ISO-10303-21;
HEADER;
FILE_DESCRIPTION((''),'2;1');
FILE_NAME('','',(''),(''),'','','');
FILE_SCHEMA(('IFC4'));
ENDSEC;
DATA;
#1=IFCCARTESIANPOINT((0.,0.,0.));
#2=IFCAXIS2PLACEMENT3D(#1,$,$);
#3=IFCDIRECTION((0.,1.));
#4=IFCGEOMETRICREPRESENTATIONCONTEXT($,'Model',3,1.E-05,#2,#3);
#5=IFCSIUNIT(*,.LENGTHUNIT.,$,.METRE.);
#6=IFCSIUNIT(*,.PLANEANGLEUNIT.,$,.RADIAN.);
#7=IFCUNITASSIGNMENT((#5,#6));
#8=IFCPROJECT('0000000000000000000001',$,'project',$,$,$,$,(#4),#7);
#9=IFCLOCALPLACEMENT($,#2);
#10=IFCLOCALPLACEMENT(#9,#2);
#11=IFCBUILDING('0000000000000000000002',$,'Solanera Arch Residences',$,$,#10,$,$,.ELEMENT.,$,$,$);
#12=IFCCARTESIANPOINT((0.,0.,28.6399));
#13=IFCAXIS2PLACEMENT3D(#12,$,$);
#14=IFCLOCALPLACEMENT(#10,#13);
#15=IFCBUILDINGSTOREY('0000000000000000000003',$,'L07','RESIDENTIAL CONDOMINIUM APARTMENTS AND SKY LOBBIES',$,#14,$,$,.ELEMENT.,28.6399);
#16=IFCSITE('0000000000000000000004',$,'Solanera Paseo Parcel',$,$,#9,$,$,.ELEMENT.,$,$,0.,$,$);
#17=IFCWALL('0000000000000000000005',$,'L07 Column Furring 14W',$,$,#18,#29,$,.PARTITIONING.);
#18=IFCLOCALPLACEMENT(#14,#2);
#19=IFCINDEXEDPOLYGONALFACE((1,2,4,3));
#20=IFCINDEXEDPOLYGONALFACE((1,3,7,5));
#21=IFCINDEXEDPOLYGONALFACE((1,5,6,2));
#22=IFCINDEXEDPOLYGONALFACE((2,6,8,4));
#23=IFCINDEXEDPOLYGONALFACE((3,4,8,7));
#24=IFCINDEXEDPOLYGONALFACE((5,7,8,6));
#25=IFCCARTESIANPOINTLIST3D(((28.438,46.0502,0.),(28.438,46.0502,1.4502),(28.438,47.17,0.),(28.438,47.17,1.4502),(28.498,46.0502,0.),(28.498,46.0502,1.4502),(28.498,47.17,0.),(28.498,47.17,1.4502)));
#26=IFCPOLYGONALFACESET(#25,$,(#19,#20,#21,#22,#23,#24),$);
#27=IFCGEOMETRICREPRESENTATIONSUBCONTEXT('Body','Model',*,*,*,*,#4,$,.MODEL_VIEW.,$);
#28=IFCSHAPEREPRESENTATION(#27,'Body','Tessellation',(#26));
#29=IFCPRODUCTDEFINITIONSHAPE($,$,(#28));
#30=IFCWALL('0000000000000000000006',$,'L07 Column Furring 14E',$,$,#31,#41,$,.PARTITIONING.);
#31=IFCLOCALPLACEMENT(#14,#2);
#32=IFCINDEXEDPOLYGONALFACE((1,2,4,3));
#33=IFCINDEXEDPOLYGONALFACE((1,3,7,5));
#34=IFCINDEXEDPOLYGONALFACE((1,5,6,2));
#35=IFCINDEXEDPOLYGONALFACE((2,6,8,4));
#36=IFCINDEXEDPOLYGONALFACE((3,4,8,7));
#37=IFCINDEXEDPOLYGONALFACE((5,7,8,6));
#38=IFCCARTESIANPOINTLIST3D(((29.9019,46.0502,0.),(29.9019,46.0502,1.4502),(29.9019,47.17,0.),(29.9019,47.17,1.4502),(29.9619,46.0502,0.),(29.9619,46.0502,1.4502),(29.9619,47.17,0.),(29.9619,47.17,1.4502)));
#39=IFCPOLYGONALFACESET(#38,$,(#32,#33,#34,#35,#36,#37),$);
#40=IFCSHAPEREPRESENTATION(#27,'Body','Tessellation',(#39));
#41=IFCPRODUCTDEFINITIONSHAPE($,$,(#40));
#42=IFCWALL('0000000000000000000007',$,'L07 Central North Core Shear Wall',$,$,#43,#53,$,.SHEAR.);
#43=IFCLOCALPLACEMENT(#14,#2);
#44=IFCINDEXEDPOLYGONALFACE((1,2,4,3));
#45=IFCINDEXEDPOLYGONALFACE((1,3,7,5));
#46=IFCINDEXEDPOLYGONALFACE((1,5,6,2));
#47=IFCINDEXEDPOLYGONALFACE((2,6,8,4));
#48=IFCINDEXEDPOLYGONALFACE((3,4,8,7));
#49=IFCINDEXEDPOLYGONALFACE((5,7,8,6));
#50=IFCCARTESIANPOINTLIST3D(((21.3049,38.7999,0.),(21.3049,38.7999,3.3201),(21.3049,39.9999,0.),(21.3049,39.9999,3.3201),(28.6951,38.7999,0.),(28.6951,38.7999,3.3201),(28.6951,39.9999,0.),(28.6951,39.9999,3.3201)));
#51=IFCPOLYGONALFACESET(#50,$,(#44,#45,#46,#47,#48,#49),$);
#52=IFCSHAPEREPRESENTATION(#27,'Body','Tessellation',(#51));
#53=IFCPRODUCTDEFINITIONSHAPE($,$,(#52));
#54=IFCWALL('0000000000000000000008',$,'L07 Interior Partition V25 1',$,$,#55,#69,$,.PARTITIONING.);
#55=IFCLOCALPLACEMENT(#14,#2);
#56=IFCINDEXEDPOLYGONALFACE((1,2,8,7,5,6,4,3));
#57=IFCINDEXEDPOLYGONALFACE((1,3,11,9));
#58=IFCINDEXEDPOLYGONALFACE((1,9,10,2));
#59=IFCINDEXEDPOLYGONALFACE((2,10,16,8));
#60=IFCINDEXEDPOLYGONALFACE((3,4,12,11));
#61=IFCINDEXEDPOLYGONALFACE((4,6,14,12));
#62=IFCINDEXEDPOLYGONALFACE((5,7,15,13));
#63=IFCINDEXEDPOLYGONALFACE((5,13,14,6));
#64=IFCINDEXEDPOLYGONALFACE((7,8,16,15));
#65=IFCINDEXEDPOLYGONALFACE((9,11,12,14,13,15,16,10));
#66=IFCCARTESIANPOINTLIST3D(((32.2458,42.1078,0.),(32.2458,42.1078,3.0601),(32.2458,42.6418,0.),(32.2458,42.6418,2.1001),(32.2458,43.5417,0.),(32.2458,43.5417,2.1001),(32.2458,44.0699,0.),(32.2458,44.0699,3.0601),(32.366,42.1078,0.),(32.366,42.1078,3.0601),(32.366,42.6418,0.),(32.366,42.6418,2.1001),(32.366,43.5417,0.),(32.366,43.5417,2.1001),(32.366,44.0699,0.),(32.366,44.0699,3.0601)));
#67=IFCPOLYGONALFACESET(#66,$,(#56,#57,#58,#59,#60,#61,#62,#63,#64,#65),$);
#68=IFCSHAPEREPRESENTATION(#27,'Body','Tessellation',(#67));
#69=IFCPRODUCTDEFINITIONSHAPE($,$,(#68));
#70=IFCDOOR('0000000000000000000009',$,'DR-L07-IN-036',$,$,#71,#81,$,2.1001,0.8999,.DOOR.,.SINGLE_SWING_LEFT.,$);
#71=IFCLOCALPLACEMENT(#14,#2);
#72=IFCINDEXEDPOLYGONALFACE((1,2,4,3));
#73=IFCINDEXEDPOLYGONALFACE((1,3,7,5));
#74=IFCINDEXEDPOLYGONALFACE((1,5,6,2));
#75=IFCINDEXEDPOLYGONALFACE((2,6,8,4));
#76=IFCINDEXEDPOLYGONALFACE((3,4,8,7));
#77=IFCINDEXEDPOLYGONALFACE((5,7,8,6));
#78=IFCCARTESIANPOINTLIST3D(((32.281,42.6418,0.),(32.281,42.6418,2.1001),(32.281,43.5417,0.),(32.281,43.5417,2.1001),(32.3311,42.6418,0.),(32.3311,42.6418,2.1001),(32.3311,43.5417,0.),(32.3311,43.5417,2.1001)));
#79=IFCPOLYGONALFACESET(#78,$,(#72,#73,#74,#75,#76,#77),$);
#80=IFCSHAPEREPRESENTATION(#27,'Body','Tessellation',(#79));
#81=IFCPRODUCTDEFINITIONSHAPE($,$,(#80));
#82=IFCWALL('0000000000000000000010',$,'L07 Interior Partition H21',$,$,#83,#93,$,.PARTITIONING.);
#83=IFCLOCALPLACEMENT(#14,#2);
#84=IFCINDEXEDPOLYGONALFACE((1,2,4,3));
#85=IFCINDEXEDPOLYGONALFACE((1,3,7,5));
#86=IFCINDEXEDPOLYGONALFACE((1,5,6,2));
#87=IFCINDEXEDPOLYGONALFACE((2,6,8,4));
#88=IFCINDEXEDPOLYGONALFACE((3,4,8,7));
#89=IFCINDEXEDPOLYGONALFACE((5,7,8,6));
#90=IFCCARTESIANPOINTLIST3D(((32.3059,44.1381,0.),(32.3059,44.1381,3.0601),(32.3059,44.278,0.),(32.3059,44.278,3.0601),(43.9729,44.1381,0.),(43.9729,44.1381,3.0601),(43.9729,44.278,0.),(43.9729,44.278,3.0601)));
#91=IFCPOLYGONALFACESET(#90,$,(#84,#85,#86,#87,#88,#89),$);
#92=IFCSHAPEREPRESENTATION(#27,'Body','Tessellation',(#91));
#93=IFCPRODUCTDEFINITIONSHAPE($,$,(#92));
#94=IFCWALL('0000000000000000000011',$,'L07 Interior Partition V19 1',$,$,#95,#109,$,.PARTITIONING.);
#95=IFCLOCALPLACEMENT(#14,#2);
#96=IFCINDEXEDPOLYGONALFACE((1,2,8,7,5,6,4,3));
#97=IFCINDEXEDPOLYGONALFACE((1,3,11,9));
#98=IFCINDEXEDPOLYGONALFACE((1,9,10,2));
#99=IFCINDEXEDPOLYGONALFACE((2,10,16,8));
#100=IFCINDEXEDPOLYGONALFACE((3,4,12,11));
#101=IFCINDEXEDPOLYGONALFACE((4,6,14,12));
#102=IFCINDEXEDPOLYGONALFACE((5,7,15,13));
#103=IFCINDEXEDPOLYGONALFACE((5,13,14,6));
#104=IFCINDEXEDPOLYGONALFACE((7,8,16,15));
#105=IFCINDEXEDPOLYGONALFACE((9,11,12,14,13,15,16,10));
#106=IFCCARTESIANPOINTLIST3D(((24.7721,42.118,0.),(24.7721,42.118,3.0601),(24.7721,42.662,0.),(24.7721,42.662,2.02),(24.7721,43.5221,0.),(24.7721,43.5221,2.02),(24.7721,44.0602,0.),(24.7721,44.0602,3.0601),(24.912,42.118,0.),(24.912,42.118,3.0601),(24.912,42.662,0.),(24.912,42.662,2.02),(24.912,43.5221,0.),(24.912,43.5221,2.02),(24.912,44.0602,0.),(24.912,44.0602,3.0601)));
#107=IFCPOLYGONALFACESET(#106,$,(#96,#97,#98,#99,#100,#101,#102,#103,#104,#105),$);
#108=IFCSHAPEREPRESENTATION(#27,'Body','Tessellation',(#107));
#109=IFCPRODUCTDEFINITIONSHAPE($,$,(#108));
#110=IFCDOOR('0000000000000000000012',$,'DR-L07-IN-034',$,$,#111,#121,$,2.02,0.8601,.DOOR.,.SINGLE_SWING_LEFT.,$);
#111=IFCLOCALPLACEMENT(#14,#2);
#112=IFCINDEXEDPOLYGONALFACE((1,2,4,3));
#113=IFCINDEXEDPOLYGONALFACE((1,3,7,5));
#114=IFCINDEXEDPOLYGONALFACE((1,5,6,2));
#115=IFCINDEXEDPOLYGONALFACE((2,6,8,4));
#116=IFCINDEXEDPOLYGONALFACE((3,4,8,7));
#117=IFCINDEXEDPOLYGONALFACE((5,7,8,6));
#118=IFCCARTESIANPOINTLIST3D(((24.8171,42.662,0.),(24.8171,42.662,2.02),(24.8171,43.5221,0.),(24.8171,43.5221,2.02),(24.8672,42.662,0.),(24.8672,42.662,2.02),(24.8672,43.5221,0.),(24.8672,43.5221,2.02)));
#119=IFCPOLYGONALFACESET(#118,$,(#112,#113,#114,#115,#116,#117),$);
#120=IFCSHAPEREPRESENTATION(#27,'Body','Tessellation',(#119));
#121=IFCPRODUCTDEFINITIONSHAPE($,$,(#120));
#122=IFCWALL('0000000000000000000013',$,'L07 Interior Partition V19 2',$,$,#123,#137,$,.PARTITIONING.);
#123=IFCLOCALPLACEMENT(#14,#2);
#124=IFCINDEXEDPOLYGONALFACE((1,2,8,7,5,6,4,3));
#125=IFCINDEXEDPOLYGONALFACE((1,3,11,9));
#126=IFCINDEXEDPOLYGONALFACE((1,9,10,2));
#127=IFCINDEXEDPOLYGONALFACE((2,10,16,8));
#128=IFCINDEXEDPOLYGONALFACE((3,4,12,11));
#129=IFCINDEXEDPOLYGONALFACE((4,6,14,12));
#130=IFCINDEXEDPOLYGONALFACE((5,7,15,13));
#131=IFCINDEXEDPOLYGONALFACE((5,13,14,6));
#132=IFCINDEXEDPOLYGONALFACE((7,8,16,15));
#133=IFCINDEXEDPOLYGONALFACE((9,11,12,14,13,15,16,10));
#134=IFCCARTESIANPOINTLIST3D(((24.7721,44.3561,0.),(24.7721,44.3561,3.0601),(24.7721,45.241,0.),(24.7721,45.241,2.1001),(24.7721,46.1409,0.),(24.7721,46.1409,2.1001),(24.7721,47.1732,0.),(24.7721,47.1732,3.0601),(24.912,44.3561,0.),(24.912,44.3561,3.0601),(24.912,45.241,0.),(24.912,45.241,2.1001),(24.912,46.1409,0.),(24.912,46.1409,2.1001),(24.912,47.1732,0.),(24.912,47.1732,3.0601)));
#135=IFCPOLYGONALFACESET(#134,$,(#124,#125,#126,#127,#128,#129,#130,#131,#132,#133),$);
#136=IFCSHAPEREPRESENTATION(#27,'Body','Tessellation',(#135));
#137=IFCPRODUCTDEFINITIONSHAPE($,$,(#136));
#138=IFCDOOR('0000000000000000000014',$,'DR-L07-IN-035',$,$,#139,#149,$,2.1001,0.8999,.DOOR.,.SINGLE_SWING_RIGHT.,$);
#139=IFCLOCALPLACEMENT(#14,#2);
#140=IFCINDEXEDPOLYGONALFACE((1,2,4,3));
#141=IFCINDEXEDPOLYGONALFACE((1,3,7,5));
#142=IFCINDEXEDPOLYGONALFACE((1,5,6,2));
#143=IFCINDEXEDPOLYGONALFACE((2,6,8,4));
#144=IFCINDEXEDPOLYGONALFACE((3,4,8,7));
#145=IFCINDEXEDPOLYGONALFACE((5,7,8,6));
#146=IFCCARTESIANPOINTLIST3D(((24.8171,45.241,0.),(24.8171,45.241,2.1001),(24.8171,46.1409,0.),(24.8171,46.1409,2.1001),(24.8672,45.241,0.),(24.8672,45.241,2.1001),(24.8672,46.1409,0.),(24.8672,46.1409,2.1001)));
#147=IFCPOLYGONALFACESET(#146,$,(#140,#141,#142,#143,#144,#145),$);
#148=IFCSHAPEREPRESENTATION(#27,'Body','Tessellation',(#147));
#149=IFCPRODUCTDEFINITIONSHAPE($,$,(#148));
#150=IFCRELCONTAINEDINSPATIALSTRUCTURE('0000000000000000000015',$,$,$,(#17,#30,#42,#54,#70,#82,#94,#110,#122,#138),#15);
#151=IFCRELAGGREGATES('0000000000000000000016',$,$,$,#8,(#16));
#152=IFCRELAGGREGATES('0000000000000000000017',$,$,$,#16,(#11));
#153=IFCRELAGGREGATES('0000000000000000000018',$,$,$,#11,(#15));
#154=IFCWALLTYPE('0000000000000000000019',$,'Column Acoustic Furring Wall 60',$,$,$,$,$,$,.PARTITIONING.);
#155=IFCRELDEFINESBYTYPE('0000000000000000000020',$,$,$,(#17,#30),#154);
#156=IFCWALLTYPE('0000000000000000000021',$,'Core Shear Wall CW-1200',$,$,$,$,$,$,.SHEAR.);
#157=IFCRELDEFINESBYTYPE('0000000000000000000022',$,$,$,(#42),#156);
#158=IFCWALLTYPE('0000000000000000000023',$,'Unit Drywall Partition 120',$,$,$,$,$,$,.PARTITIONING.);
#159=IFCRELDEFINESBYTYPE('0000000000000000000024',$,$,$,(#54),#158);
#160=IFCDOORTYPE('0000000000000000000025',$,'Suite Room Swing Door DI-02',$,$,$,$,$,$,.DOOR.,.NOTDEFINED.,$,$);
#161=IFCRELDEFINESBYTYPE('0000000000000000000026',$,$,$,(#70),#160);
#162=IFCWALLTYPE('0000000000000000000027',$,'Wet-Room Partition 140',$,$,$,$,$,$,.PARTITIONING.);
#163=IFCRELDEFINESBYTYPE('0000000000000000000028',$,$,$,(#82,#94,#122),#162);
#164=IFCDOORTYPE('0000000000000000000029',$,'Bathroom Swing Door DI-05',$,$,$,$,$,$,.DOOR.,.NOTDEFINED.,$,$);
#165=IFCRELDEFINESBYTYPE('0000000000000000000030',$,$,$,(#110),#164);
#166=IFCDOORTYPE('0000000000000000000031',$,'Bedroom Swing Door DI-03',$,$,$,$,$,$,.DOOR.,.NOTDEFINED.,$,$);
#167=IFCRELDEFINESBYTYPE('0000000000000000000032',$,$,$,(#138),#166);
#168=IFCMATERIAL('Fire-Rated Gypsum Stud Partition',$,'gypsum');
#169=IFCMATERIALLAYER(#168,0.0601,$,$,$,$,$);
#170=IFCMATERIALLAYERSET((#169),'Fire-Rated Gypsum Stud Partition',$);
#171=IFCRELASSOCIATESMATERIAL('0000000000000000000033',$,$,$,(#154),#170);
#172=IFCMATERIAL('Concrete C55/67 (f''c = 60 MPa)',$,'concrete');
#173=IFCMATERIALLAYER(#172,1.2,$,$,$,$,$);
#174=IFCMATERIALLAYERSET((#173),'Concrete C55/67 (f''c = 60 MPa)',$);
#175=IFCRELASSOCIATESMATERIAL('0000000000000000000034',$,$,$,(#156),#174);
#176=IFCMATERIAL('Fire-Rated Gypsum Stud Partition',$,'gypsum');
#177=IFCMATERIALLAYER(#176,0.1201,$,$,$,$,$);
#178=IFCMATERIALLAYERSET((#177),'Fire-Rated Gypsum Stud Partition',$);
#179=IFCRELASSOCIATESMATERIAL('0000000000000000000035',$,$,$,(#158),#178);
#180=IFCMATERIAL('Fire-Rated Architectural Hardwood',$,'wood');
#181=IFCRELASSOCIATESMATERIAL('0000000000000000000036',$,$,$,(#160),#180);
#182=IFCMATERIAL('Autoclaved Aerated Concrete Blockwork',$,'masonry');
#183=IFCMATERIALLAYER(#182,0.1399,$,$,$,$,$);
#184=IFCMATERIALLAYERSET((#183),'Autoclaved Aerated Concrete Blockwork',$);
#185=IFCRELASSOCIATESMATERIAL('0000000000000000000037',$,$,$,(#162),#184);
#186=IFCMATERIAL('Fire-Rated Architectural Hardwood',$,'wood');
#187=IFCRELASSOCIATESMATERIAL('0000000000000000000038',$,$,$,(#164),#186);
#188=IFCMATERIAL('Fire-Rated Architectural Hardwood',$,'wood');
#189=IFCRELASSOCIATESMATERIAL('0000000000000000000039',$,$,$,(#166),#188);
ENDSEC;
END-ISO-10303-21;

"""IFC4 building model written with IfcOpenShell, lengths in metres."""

from ifc_helpers import new_model, si_unit, direction, frame, frame_2d, origin, place, context, subcontext, project, spatial, rectangle, extrude, material, layer, layer_set, type_object, element, fill, save


model = new_model("IFC4")

# Units and contexts
model_context = context("Model", 3, precision=1e-05, world=origin(), true_north=direction((0.0, 1.0)))
body_context = subcontext(model_context, "Body", "Model", "MODEL_VIEW")
ifc_project = project(units=[si_unit("LENGTHUNIT", "METRE"), si_unit("PLANEANGLEUNIT", "RADIAN")], contexts=[model_context])

# Site, building, storey
site_placement = place(None, origin())
site = spatial("IfcSite", under=ifc_project, at=site_placement, Name="Solanera Paseo Parcel", CompositionType="ELEMENT", RefElevation=0.0)
building_placement = place(site_placement, origin())
building = spatial("IfcBuilding", under=site, at=building_placement, Name="Solanera Arch Residences", CompositionType="ELEMENT")
storey_placement = place(building_placement, frame((0.0, 0.0, 28.6399)))
storey = spatial("IfcBuildingStorey", under=building, at=storey_placement, Name="L07", Description="RESIDENTIAL CONDOMINIUM APARTMENTS AND SKY LOBBIES", CompositionType="ELEMENT", Elevation=28.6399)

# Walls
ifc_material_1 = material(Name="Fire-Rated Gypsum Stud Partition", Category="gypsum")
ifc_layer_1 = layer(ifc_material_1, 0.0601)
ifc_layer_set_1 = layer_set([ifc_layer_1], Name="Fire-Rated Gypsum Stud Partition")
wall_type_1 = type_object("IfcWallType", Name="Column Acoustic Furring Wall 60", PredefinedType="PARTITIONING", material=ifc_layer_set_1)
for number, where, z_axis, x_axis, name in (
    (1, (28.468, 46.05, 0.0), (0.0, 0.0, 1.0), (0.0, 1.0, 0.0), "L07 Column Furring 14W"),
    (2, (29.9319, 46.05, 0.0), (0.0, 0.0, 1.0), (0.0, 1.0, 0.0), "L07 Column Furring 14E"),
):
    element("IfcWall", number, at=place(storey_placement, frame(where, z_axis=z_axis, x_axis=x_axis)), inside=storey, type_object=wall_type_1, Name=name, PredefinedType="PARTITIONING", context=body_context, shape_type="SweptSolid", body=[
        extrude(rectangle(XDim=1.1199, YDim=0.0601, at=frame_2d((0.5601, 0.0))), origin(), (0.0, 0.0, 1.0), 1.4502),
    ])
ifc_material_2 = material(Name="Concrete C55/67 (f'c = 60 MPa)", Category="concrete")
ifc_layer_2 = layer(ifc_material_2, 1.2)
ifc_layer_set_2 = layer_set([ifc_layer_2], Name="Concrete C55/67 (f'c = 60 MPa)")
wall_type_2 = type_object("IfcWallType", Name="Core Shear Wall CW-1200", PredefinedType="SHEAR", material=ifc_layer_set_2)
wall_1_placement = place(storey_placement, frame((21.3049, 39.3999, 0.0), z_axis=(0.0, 0.0, 1.0), x_axis=(1.0, 0.0, 0.0)))
element("IfcWall", 3, at=wall_1_placement, inside=storey, type_object=wall_type_2, Name="L07 Central North Core Shear Wall", PredefinedType="SHEAR", context=body_context, shape_type="SweptSolid", body=[
    extrude(rectangle(XDim=7.3901, YDim=1.2, at=frame_2d((3.6951, 0.0))), origin(), (0.0, 0.0, 1.0), 3.3201),
])

# Wall, opening, door
ifc_material_3 = material(Name="Fire-Rated Gypsum Stud Partition", Category="gypsum")
ifc_layer_3 = layer(ifc_material_3, 0.1201)
ifc_layer_set_3 = layer_set([ifc_layer_3], Name="Fire-Rated Gypsum Stud Partition")
wall_type_3 = type_object("IfcWallType", Name="Unit Drywall Partition 120", PredefinedType="PARTITIONING", material=ifc_layer_set_3)
wall_2_placement = place(storey_placement, frame((32.3059, 42.1079, 0.0), z_axis=(0.0, 0.0, 1.0), x_axis=(0.0, 1.0, 0.0)))
wall_2 = element("IfcWall", 4, at=wall_2_placement, inside=storey, type_object=wall_type_3, Name="L07 Interior Partition V25 1", PredefinedType="PARTITIONING", context=body_context, shape_type="SweptSolid", body=[
    extrude(rectangle(XDim=1.9622, YDim=0.1201, at=frame_2d((0.981, 0.0))), origin(), (0.0, 0.0, 1.0), 3.0601),
])
opening_1_placement = place(wall_2_placement, frame((0.5339, 0.0, 0.0)))
opening_1 = element("IfcOpeningElement", 5, at=opening_1_placement, cuts=wall_2, PredefinedType="OPENING", context=body_context, shape_type="SweptSolid", body=[
    extrude(rectangle(XDim=0.8999, YDim=2.1001, at=frame_2d((0.45, 1.05))), frame((0.0, 0.0701, 0.0), z_axis=(0.0, -1.0, 0.0), x_axis=(1.0, 0.0, 0.0)), (0.0, 0.0, 1.0), 0.1401),
])
ifc_material_4 = material(Name="Fire-Rated Architectural Hardwood", Category="wood")
door_type_1 = type_object("IfcDoorType", Name="Suite Room Swing Door DI-02", OperationType="NOTDEFINED", PredefinedType="DOOR", material=ifc_material_4)
door_1_placement = place(opening_1_placement, origin())
door_1 = element("IfcDoor", 6, at=door_1_placement, inside=storey, type_object=door_type_1, Name="DR-L07-IN-036", OperationType="SINGLE_SWING_LEFT", OverallHeight=2.1001, OverallWidth=0.8999, PredefinedType="DOOR", context=body_context, shape_type="SweptSolid", body=[
    extrude(rectangle(XDim=0.8999, YDim=2.1001, at=frame_2d((0.45, 1.05))), frame((0.0, 0.0249, 0.0), z_axis=(0.0, -1.0, 0.0), x_axis=(1.0, 0.0, 0.0)), (0.0, 0.0, 1.0), 0.05),
])
fill(opening_1, door_1)

# Wall
ifc_material_5 = material(Name="Autoclaved Aerated Concrete Blockwork", Category="masonry")
ifc_layer_4 = layer(ifc_material_5, 0.1399)
ifc_layer_set_4 = layer_set([ifc_layer_4], Name="Autoclaved Aerated Concrete Blockwork")
wall_type_4 = type_object("IfcWallType", Name="Wet-Room Partition 140", PredefinedType="PARTITIONING", material=ifc_layer_set_4)
wall_3_placement = place(storey_placement, frame((32.3059, 44.208, 0.0), z_axis=(0.0, 0.0, 1.0), x_axis=(1.0, 0.0, 0.0)))
element("IfcWall", 7, at=wall_3_placement, inside=storey, type_object=wall_type_4, Name="L07 Interior Partition H21", PredefinedType="PARTITIONING", context=body_context, shape_type="SweptSolid", body=[
    extrude(rectangle(XDim=11.667, YDim=0.1399, at=frame_2d((5.8335, 0.0))), origin(), (0.0, 0.0, 1.0), 3.0601),
])

# Walls, openings, doors
wall_4_placement = place(storey_placement, frame((24.842, 42.1179, 0.0), z_axis=(0.0, 0.0, 1.0), x_axis=(0.0, 1.0, 0.0)))
wall_4 = element("IfcWall", 8, at=wall_4_placement, inside=storey, type_object=wall_type_4, Name="L07 Interior Partition V19 1", PredefinedType="PARTITIONING", context=body_context, shape_type="SweptSolid", body=[
    extrude(rectangle(XDim=1.9421, YDim=0.1399, at=frame_2d((0.9712, 0.0))), origin(), (0.0, 0.0, 1.0), 3.0601),
])
opening_2_placement = place(wall_4_placement, frame((0.5439, 0.0, 0.0)))
opening_2 = element("IfcOpeningElement", 9, at=opening_2_placement, cuts=wall_4, PredefinedType="OPENING", context=body_context, shape_type="SweptSolid", body=[
    extrude(rectangle(XDim=0.8601, YDim=2.02, at=frame_2d((0.4302, 1.01))), frame((0.0, 0.0798, 0.0), z_axis=(0.0, -1.0, 0.0), x_axis=(1.0, 0.0, 0.0)), (0.0, 0.0, 1.0), 0.1599),
])
ifc_material_6 = material(Name="Fire-Rated Architectural Hardwood", Category="wood")
door_type_2 = type_object("IfcDoorType", Name="Bathroom Swing Door DI-05", OperationType="NOTDEFINED", PredefinedType="DOOR", material=ifc_material_6)
door_2_placement = place(opening_2_placement, origin())
door_2 = element("IfcDoor", 10, at=door_2_placement, inside=storey, type_object=door_type_2, Name="DR-L07-IN-034", OperationType="SINGLE_SWING_LEFT", OverallHeight=2.02, OverallWidth=0.8601, PredefinedType="DOOR", context=body_context, shape_type="SweptSolid", body=[
    extrude(rectangle(XDim=0.8601, YDim=2.02, at=frame_2d((0.4302, 1.01))), frame((0.0, 0.0249, 0.0), z_axis=(0.0, -1.0, 0.0), x_axis=(1.0, 0.0, 0.0)), (0.0, 0.0, 1.0), 0.05),
])
fill(opening_2, door_2)
wall_5_placement = place(storey_placement, frame((24.842, 44.356, 0.0), z_axis=(0.0, 0.0, 1.0), x_axis=(0.0, 1.0, 0.0)))
wall_5 = element("IfcWall", 11, at=wall_5_placement, inside=storey, type_object=wall_type_4, Name="L07 Interior Partition V19 2", PredefinedType="PARTITIONING", context=body_context, shape_type="SweptSolid", body=[
    extrude(rectangle(XDim=2.8171, YDim=0.1399, at=frame_2d((1.4087, 0.0))), origin(), (0.0, 0.0, 1.0), 3.0601),
])
opening_3_placement = place(wall_5_placement, frame((0.885, 0.0, 0.0)))
opening_3 = element("IfcOpeningElement", 12, at=opening_3_placement, cuts=wall_5, PredefinedType="OPENING", context=body_context, shape_type="SweptSolid", body=[
    extrude(rectangle(XDim=0.8999, YDim=2.1001, at=frame_2d((0.45, 1.05))), frame((0.0, 0.0798, 0.0), z_axis=(0.0, -1.0, 0.0), x_axis=(1.0, 0.0, 0.0)), (0.0, 0.0, 1.0), 0.1599),
])
ifc_material_7 = material(Name="Fire-Rated Architectural Hardwood", Category="wood")
door_type_3 = type_object("IfcDoorType", Name="Bedroom Swing Door DI-03", OperationType="NOTDEFINED", PredefinedType="DOOR", material=ifc_material_7)
door_3_placement = place(opening_3_placement, origin())
door_3 = element("IfcDoor", 13, at=door_3_placement, inside=storey, type_object=door_type_3, Name="DR-L07-IN-035", OperationType="SINGLE_SWING_RIGHT", OverallHeight=2.1001, OverallWidth=0.8999, PredefinedType="DOOR", context=body_context, shape_type="SweptSolid", body=[
    extrude(rectangle(XDim=0.8999, YDim=2.1001, at=frame_2d((0.45, 1.05))), frame((0.0, 0.0249, 0.0), z_axis=(0.0, -1.0, 0.0), x_axis=(1.0, 0.0, 0.0)), (0.0, 0.0, 1.0), 0.05),
])
fill(opening_3, door_3)

save(model, "model.ifc")
